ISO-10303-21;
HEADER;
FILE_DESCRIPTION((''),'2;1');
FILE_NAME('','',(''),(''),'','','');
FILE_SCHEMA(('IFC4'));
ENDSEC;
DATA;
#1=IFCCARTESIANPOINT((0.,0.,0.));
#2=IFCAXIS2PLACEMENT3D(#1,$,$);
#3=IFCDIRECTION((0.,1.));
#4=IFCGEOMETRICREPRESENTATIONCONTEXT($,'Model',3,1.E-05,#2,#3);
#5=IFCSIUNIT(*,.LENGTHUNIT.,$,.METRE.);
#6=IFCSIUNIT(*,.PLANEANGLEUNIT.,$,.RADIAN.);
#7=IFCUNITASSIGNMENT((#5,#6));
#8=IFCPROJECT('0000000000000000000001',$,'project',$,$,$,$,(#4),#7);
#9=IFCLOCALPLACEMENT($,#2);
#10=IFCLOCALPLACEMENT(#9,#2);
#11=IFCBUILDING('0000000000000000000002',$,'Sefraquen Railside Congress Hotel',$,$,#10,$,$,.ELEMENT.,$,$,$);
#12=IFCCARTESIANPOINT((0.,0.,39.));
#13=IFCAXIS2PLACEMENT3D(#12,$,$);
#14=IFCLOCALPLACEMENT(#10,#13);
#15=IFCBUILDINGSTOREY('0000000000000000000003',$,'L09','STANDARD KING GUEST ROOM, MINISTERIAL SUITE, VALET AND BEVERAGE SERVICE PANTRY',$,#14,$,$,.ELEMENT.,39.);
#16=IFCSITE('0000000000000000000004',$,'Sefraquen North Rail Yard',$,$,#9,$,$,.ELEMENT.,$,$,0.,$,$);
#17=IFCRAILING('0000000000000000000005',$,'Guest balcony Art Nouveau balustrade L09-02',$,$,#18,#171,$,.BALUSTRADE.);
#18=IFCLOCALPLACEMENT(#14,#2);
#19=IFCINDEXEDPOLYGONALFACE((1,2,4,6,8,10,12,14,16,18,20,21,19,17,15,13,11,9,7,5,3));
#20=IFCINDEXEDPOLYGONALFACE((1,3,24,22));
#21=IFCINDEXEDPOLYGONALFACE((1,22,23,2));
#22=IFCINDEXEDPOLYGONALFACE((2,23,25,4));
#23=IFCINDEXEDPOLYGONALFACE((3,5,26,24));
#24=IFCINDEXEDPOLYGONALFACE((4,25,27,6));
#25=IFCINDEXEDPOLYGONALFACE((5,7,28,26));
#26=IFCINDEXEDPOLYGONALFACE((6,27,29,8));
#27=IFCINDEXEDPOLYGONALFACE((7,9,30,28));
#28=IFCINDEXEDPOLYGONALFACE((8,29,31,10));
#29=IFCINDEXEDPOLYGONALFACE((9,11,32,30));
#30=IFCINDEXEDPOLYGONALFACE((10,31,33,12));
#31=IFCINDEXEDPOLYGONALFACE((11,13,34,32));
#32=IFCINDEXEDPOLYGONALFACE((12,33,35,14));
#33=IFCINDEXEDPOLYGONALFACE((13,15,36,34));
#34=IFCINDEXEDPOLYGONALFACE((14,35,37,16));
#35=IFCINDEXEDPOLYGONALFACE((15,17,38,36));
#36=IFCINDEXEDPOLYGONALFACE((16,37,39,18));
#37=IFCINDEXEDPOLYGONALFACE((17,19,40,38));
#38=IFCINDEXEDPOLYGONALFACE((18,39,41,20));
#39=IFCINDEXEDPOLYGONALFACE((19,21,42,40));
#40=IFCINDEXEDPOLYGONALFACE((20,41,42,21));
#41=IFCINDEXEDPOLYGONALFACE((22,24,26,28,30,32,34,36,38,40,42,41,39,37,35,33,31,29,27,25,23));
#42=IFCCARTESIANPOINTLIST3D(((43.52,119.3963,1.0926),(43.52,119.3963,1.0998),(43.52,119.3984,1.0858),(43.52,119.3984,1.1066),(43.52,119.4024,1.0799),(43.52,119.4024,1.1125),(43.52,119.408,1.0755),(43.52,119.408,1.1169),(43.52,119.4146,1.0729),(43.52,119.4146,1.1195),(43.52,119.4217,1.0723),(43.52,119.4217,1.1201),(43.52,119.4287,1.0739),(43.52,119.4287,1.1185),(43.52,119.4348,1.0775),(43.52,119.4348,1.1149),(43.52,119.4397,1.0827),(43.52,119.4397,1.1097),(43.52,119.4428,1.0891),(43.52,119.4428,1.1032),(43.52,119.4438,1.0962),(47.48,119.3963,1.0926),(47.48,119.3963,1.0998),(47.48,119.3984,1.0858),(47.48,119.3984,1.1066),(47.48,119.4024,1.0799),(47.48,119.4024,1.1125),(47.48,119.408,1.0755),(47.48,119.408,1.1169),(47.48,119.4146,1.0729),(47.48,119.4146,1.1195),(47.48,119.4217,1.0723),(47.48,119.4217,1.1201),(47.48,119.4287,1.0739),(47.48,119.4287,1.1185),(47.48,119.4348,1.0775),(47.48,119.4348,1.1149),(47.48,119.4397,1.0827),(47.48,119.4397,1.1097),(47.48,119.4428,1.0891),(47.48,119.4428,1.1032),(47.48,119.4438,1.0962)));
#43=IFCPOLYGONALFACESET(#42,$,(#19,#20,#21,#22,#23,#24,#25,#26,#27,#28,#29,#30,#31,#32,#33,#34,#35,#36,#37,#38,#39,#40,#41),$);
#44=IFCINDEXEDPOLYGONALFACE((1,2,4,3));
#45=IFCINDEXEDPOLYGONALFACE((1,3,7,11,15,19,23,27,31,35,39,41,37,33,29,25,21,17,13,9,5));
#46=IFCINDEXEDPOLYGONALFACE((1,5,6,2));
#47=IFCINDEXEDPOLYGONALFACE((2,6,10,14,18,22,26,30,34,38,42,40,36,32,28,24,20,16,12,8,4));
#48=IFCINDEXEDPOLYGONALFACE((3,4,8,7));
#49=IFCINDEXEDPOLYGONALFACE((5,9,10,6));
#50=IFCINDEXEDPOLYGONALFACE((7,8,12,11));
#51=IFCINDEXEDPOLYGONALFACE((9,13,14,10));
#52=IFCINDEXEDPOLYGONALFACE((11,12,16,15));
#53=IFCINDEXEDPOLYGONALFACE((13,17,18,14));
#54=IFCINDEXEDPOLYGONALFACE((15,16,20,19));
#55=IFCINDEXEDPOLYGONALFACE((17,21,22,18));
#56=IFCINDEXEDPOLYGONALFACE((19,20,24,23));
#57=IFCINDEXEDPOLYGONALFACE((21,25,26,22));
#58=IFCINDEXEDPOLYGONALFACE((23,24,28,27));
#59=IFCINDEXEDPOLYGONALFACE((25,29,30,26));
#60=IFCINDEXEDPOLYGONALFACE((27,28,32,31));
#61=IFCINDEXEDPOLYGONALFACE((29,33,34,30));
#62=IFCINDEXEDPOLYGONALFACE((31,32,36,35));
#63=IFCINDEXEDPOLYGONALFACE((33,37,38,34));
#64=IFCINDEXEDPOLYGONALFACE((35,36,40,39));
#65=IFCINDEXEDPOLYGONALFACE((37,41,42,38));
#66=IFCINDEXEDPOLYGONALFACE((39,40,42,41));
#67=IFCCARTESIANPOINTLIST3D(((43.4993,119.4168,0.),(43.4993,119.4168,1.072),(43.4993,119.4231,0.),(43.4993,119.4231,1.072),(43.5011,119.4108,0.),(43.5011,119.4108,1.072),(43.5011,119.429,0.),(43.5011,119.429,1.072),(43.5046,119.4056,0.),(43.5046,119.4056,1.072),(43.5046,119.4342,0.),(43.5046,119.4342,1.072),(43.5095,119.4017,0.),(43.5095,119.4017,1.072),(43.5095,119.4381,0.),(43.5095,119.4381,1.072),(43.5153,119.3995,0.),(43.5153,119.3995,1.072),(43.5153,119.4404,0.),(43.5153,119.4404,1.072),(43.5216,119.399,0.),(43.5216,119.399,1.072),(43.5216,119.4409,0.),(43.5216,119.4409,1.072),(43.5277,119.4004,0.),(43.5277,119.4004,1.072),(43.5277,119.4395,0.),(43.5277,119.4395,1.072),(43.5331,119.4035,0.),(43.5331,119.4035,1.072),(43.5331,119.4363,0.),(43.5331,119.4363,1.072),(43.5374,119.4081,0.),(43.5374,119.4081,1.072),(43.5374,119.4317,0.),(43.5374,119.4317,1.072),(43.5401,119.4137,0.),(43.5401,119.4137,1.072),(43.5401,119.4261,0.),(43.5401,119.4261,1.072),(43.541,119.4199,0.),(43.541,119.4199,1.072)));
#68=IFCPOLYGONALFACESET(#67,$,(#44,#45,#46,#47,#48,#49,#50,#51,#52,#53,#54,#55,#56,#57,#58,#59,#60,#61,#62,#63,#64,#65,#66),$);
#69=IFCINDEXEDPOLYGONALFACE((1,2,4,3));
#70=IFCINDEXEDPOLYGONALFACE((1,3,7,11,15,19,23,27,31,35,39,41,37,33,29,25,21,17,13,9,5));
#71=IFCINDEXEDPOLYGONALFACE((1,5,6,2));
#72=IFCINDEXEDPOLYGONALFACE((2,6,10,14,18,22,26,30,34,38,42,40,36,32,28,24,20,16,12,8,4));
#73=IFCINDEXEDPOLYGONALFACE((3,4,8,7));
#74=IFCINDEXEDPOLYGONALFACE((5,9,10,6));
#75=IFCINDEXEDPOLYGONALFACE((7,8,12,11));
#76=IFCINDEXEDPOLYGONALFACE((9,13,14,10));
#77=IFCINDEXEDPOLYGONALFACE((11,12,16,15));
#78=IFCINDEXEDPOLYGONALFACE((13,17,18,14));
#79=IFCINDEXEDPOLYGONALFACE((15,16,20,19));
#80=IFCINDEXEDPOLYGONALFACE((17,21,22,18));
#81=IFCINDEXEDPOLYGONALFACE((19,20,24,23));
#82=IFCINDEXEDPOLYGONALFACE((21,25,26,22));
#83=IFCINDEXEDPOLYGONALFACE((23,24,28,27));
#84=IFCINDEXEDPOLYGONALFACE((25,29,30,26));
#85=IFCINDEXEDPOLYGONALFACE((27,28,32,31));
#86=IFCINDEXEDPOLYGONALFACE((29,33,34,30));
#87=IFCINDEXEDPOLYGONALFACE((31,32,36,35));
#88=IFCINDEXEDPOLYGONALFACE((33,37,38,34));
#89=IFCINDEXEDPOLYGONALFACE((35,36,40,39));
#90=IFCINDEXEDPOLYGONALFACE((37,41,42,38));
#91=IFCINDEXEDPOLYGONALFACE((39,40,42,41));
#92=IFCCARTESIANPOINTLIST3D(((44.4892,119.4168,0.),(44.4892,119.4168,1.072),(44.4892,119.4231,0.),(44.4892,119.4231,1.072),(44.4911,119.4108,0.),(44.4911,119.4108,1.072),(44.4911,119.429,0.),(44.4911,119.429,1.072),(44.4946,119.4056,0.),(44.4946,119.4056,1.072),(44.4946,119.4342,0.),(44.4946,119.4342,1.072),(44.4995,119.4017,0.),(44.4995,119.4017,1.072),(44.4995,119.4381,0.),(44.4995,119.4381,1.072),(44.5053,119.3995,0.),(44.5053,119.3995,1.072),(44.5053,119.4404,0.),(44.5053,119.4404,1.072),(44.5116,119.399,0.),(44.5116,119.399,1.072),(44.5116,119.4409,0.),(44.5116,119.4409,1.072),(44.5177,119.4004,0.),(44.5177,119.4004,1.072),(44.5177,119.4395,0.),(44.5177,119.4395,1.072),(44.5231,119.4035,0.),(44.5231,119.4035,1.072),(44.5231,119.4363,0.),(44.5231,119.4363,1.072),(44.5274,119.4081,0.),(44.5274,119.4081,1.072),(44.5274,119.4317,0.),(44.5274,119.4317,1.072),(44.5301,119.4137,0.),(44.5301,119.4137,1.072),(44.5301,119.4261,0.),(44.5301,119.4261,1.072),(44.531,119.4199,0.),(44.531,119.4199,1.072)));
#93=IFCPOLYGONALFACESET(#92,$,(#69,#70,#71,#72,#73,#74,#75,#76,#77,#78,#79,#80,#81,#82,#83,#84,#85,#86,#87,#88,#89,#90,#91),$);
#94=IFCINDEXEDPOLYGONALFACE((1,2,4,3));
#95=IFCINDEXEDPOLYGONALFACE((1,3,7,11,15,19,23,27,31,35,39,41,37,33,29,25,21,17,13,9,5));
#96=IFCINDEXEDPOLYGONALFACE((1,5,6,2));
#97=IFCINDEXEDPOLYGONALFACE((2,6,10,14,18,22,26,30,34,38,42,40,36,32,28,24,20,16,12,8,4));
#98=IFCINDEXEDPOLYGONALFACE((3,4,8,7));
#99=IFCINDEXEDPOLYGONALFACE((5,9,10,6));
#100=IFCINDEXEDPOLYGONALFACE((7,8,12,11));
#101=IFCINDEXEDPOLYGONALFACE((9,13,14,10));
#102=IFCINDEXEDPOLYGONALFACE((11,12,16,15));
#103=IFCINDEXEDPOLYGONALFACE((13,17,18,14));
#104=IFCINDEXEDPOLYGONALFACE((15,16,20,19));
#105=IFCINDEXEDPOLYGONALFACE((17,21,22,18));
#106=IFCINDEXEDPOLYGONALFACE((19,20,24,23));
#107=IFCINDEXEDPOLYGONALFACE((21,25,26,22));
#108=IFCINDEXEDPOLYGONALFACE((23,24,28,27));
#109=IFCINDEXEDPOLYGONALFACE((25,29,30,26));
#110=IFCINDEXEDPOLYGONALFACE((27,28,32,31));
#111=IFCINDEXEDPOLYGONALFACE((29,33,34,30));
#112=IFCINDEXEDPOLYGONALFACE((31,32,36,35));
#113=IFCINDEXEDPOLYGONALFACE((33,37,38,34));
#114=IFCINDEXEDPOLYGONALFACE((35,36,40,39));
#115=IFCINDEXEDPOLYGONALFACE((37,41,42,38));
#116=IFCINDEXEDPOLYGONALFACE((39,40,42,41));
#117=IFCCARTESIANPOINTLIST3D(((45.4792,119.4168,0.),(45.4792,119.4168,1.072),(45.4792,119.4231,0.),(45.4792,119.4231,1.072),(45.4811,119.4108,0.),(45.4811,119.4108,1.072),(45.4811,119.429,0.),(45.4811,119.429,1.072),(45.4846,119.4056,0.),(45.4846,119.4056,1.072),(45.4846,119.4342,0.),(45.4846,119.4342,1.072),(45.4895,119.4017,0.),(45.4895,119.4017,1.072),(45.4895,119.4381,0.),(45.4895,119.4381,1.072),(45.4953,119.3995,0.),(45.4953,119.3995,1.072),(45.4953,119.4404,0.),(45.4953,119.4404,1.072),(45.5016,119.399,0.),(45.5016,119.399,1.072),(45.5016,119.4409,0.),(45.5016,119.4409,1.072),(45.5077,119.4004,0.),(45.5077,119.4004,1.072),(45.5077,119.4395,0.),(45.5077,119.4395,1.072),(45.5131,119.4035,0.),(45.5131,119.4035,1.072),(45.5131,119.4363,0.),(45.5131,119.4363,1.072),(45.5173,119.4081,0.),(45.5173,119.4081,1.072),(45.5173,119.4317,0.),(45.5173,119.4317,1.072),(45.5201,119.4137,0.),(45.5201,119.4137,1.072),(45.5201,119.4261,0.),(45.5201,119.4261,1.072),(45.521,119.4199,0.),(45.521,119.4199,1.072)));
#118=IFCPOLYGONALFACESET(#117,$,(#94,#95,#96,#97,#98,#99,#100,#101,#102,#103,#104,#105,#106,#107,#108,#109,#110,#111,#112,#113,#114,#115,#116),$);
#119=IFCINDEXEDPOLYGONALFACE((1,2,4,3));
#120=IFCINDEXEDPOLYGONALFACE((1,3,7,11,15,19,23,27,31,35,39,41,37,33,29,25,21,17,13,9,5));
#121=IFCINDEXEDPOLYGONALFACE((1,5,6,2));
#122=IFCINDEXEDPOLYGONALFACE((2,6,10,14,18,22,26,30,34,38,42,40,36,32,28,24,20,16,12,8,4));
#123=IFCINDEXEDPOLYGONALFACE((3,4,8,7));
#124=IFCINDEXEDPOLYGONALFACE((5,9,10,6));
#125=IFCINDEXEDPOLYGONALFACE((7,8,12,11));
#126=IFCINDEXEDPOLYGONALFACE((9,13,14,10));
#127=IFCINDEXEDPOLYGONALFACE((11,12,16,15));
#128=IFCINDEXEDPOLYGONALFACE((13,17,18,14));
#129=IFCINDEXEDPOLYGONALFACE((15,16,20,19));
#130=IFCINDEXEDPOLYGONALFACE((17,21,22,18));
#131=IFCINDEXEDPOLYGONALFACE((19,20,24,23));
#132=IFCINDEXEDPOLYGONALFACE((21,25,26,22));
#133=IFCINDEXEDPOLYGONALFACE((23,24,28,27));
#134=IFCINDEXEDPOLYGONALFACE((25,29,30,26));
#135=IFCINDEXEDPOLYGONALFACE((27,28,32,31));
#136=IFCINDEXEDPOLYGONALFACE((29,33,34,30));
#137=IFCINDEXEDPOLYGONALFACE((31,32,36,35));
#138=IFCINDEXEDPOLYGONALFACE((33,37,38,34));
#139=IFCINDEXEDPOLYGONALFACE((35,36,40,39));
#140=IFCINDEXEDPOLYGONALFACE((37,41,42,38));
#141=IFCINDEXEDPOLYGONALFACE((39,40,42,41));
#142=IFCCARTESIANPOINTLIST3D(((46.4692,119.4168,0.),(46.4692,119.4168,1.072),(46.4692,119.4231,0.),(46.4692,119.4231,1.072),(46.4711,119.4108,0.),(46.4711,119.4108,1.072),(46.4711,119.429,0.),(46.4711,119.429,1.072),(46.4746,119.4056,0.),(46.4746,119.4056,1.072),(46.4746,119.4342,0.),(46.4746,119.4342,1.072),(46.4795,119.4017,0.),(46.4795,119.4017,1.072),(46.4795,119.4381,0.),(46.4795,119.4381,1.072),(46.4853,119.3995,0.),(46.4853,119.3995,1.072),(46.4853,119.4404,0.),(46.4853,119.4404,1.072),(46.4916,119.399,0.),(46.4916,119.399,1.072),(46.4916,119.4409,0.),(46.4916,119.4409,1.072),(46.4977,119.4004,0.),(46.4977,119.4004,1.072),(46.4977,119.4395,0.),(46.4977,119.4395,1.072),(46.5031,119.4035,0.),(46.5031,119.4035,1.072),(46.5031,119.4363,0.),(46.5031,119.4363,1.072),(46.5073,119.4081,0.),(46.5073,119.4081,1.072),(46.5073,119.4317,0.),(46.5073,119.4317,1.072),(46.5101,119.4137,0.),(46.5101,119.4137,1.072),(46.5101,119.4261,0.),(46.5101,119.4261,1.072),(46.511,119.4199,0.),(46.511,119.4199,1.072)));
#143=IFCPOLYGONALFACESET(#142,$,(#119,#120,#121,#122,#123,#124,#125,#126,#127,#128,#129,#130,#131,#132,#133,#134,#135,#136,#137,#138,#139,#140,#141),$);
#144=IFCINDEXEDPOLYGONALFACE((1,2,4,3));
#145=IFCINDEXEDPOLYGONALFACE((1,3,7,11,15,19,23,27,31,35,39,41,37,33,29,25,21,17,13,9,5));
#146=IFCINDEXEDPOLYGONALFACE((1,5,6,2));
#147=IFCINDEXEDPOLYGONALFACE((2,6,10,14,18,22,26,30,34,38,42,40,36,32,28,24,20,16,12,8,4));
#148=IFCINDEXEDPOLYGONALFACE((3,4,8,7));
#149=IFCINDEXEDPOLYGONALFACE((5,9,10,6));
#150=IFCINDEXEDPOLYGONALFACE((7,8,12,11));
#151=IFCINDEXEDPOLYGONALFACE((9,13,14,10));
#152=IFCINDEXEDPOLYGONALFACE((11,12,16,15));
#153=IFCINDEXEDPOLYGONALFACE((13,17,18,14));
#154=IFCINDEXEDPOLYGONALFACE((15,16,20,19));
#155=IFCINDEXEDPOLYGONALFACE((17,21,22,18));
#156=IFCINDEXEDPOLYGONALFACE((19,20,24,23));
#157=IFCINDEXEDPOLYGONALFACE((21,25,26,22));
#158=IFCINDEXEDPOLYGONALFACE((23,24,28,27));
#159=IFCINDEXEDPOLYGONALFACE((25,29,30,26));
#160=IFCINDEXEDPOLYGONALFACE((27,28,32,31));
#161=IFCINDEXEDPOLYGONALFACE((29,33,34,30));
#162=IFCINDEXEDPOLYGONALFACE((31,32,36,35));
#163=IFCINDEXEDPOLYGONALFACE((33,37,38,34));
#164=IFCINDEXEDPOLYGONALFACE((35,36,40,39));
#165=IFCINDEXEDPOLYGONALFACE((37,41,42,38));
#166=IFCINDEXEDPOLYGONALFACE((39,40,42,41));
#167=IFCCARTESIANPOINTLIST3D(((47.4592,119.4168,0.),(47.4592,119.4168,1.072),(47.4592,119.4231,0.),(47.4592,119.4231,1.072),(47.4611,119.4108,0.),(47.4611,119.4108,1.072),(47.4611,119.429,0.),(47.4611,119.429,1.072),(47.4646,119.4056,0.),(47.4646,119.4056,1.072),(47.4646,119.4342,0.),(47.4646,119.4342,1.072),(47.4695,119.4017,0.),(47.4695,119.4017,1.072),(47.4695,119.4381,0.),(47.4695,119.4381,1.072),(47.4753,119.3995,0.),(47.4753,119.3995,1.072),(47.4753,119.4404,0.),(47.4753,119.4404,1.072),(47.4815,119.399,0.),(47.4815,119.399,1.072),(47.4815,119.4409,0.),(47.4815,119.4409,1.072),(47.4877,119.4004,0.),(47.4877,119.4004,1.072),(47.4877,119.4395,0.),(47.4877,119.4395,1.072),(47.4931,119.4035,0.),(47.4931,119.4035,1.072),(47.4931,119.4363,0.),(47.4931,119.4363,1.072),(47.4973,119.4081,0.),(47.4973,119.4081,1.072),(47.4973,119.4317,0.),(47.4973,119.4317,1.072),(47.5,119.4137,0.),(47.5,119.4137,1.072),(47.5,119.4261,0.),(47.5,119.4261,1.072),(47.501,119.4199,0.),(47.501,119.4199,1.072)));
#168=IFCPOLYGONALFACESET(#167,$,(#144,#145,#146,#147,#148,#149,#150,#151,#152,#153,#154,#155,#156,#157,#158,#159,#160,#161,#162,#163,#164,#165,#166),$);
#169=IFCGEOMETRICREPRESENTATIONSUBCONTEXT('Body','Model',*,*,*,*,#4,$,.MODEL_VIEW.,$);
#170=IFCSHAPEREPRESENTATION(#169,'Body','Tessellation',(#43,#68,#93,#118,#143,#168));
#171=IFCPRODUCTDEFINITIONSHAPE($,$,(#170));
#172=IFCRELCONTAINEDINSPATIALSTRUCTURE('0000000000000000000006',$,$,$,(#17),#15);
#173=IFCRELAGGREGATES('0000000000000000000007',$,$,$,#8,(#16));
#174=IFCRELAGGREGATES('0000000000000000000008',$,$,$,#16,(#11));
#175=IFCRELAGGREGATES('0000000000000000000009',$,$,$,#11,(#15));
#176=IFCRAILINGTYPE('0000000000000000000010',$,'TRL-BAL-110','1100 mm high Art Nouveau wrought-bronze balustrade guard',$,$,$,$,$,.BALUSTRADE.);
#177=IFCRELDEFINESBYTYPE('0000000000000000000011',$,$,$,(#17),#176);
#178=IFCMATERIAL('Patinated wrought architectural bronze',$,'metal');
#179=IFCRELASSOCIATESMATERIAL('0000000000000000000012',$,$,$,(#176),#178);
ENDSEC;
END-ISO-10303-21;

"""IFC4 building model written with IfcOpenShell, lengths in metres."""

from ifc_helpers import new_model, si_unit, direction, frame, origin, origin_2d, place, context, subcontext, project, spatial, circle, extrude, material, type_object, element, save


model = new_model("IFC4")

# Units and contexts
model_context = context("Model", 3, precision=1e-05, world=origin(), true_north=direction((0.0, 1.0)))
body_context = subcontext(model_context, "Body", "Model", "MODEL_VIEW")
ifc_project = project(units=[si_unit("LENGTHUNIT", "METRE"), si_unit("PLANEANGLEUNIT", "RADIAN")], contexts=[model_context])

# Site, building, storey
site_placement = place(None, origin())
site = spatial("IfcSite", under=ifc_project, at=site_placement, Name="Sefraquen North Rail Yard", CompositionType="ELEMENT", RefElevation=0.0)
building_placement = place(site_placement, origin())
building = spatial("IfcBuilding", under=site, at=building_placement, Name="Sefraquen Railside Congress Hotel", CompositionType="ELEMENT")
storey_placement = place(building_placement, frame((0.0, 0.0, 39.0)))
storey = spatial("IfcBuildingStorey", under=building, at=storey_placement, Name="L09", Description="STANDARD KING GUEST ROOM, MINISTERIAL SUITE, VALET AND BEVERAGE SERVICE PANTRY", CompositionType="ELEMENT", Elevation=39.0)

# Railing
ifc_material_1 = material(Name="Patinated wrought architectural bronze", Category="metal")
railing_type = type_object("IfcRailingType", Name="TRL-BAL-110", Description="1100 mm high Art Nouveau wrought-bronze balustrade guard", PredefinedType="BALUSTRADE", material=ifc_material_1)
railing_1_placement = place(storey_placement, frame((43.52, 119.4199, 0.0)))
element("IfcRailing", 1, at=railing_1_placement, inside=storey, type_object=railing_type, Name="Guest balcony Art Nouveau balustrade L09-02", PredefinedType="BALUSTRADE", context=body_context, shape_type="SweptSolid", body=[
    extrude(circle(Radius=0.0239, at=origin_2d()), frame((0.0, 0.0, 1.0962), z_axis=(1.0, 0.0, 0.0), x_axis=(0.0, 1.0, 0.0)), (0.0, 0.0, 1.0), 3.96),
    extrude(circle(Radius=0.021, at=origin_2d()), origin(), (0.0, 0.0, 1.0), 1.072),
    extrude(circle(Radius=0.021, at=origin_2d()), frame((0.99, 0.0, 0.0)), (0.0, 0.0, 1.0), 1.072),
    extrude(circle(Radius=0.021, at=origin_2d()), frame((1.98, 0.0, 0.0)), (0.0, 0.0, 1.0), 1.072),
    extrude(circle(Radius=0.021, at=origin_2d()), frame((2.97, 0.0, 0.0)), (0.0, 0.0, 1.0), 1.072),
    extrude(circle(Radius=0.021, at=origin_2d()), frame((3.96, 0.0, 0.0)), (0.0, 0.0, 1.0), 1.072),
])

save(model, "model.ifc")
